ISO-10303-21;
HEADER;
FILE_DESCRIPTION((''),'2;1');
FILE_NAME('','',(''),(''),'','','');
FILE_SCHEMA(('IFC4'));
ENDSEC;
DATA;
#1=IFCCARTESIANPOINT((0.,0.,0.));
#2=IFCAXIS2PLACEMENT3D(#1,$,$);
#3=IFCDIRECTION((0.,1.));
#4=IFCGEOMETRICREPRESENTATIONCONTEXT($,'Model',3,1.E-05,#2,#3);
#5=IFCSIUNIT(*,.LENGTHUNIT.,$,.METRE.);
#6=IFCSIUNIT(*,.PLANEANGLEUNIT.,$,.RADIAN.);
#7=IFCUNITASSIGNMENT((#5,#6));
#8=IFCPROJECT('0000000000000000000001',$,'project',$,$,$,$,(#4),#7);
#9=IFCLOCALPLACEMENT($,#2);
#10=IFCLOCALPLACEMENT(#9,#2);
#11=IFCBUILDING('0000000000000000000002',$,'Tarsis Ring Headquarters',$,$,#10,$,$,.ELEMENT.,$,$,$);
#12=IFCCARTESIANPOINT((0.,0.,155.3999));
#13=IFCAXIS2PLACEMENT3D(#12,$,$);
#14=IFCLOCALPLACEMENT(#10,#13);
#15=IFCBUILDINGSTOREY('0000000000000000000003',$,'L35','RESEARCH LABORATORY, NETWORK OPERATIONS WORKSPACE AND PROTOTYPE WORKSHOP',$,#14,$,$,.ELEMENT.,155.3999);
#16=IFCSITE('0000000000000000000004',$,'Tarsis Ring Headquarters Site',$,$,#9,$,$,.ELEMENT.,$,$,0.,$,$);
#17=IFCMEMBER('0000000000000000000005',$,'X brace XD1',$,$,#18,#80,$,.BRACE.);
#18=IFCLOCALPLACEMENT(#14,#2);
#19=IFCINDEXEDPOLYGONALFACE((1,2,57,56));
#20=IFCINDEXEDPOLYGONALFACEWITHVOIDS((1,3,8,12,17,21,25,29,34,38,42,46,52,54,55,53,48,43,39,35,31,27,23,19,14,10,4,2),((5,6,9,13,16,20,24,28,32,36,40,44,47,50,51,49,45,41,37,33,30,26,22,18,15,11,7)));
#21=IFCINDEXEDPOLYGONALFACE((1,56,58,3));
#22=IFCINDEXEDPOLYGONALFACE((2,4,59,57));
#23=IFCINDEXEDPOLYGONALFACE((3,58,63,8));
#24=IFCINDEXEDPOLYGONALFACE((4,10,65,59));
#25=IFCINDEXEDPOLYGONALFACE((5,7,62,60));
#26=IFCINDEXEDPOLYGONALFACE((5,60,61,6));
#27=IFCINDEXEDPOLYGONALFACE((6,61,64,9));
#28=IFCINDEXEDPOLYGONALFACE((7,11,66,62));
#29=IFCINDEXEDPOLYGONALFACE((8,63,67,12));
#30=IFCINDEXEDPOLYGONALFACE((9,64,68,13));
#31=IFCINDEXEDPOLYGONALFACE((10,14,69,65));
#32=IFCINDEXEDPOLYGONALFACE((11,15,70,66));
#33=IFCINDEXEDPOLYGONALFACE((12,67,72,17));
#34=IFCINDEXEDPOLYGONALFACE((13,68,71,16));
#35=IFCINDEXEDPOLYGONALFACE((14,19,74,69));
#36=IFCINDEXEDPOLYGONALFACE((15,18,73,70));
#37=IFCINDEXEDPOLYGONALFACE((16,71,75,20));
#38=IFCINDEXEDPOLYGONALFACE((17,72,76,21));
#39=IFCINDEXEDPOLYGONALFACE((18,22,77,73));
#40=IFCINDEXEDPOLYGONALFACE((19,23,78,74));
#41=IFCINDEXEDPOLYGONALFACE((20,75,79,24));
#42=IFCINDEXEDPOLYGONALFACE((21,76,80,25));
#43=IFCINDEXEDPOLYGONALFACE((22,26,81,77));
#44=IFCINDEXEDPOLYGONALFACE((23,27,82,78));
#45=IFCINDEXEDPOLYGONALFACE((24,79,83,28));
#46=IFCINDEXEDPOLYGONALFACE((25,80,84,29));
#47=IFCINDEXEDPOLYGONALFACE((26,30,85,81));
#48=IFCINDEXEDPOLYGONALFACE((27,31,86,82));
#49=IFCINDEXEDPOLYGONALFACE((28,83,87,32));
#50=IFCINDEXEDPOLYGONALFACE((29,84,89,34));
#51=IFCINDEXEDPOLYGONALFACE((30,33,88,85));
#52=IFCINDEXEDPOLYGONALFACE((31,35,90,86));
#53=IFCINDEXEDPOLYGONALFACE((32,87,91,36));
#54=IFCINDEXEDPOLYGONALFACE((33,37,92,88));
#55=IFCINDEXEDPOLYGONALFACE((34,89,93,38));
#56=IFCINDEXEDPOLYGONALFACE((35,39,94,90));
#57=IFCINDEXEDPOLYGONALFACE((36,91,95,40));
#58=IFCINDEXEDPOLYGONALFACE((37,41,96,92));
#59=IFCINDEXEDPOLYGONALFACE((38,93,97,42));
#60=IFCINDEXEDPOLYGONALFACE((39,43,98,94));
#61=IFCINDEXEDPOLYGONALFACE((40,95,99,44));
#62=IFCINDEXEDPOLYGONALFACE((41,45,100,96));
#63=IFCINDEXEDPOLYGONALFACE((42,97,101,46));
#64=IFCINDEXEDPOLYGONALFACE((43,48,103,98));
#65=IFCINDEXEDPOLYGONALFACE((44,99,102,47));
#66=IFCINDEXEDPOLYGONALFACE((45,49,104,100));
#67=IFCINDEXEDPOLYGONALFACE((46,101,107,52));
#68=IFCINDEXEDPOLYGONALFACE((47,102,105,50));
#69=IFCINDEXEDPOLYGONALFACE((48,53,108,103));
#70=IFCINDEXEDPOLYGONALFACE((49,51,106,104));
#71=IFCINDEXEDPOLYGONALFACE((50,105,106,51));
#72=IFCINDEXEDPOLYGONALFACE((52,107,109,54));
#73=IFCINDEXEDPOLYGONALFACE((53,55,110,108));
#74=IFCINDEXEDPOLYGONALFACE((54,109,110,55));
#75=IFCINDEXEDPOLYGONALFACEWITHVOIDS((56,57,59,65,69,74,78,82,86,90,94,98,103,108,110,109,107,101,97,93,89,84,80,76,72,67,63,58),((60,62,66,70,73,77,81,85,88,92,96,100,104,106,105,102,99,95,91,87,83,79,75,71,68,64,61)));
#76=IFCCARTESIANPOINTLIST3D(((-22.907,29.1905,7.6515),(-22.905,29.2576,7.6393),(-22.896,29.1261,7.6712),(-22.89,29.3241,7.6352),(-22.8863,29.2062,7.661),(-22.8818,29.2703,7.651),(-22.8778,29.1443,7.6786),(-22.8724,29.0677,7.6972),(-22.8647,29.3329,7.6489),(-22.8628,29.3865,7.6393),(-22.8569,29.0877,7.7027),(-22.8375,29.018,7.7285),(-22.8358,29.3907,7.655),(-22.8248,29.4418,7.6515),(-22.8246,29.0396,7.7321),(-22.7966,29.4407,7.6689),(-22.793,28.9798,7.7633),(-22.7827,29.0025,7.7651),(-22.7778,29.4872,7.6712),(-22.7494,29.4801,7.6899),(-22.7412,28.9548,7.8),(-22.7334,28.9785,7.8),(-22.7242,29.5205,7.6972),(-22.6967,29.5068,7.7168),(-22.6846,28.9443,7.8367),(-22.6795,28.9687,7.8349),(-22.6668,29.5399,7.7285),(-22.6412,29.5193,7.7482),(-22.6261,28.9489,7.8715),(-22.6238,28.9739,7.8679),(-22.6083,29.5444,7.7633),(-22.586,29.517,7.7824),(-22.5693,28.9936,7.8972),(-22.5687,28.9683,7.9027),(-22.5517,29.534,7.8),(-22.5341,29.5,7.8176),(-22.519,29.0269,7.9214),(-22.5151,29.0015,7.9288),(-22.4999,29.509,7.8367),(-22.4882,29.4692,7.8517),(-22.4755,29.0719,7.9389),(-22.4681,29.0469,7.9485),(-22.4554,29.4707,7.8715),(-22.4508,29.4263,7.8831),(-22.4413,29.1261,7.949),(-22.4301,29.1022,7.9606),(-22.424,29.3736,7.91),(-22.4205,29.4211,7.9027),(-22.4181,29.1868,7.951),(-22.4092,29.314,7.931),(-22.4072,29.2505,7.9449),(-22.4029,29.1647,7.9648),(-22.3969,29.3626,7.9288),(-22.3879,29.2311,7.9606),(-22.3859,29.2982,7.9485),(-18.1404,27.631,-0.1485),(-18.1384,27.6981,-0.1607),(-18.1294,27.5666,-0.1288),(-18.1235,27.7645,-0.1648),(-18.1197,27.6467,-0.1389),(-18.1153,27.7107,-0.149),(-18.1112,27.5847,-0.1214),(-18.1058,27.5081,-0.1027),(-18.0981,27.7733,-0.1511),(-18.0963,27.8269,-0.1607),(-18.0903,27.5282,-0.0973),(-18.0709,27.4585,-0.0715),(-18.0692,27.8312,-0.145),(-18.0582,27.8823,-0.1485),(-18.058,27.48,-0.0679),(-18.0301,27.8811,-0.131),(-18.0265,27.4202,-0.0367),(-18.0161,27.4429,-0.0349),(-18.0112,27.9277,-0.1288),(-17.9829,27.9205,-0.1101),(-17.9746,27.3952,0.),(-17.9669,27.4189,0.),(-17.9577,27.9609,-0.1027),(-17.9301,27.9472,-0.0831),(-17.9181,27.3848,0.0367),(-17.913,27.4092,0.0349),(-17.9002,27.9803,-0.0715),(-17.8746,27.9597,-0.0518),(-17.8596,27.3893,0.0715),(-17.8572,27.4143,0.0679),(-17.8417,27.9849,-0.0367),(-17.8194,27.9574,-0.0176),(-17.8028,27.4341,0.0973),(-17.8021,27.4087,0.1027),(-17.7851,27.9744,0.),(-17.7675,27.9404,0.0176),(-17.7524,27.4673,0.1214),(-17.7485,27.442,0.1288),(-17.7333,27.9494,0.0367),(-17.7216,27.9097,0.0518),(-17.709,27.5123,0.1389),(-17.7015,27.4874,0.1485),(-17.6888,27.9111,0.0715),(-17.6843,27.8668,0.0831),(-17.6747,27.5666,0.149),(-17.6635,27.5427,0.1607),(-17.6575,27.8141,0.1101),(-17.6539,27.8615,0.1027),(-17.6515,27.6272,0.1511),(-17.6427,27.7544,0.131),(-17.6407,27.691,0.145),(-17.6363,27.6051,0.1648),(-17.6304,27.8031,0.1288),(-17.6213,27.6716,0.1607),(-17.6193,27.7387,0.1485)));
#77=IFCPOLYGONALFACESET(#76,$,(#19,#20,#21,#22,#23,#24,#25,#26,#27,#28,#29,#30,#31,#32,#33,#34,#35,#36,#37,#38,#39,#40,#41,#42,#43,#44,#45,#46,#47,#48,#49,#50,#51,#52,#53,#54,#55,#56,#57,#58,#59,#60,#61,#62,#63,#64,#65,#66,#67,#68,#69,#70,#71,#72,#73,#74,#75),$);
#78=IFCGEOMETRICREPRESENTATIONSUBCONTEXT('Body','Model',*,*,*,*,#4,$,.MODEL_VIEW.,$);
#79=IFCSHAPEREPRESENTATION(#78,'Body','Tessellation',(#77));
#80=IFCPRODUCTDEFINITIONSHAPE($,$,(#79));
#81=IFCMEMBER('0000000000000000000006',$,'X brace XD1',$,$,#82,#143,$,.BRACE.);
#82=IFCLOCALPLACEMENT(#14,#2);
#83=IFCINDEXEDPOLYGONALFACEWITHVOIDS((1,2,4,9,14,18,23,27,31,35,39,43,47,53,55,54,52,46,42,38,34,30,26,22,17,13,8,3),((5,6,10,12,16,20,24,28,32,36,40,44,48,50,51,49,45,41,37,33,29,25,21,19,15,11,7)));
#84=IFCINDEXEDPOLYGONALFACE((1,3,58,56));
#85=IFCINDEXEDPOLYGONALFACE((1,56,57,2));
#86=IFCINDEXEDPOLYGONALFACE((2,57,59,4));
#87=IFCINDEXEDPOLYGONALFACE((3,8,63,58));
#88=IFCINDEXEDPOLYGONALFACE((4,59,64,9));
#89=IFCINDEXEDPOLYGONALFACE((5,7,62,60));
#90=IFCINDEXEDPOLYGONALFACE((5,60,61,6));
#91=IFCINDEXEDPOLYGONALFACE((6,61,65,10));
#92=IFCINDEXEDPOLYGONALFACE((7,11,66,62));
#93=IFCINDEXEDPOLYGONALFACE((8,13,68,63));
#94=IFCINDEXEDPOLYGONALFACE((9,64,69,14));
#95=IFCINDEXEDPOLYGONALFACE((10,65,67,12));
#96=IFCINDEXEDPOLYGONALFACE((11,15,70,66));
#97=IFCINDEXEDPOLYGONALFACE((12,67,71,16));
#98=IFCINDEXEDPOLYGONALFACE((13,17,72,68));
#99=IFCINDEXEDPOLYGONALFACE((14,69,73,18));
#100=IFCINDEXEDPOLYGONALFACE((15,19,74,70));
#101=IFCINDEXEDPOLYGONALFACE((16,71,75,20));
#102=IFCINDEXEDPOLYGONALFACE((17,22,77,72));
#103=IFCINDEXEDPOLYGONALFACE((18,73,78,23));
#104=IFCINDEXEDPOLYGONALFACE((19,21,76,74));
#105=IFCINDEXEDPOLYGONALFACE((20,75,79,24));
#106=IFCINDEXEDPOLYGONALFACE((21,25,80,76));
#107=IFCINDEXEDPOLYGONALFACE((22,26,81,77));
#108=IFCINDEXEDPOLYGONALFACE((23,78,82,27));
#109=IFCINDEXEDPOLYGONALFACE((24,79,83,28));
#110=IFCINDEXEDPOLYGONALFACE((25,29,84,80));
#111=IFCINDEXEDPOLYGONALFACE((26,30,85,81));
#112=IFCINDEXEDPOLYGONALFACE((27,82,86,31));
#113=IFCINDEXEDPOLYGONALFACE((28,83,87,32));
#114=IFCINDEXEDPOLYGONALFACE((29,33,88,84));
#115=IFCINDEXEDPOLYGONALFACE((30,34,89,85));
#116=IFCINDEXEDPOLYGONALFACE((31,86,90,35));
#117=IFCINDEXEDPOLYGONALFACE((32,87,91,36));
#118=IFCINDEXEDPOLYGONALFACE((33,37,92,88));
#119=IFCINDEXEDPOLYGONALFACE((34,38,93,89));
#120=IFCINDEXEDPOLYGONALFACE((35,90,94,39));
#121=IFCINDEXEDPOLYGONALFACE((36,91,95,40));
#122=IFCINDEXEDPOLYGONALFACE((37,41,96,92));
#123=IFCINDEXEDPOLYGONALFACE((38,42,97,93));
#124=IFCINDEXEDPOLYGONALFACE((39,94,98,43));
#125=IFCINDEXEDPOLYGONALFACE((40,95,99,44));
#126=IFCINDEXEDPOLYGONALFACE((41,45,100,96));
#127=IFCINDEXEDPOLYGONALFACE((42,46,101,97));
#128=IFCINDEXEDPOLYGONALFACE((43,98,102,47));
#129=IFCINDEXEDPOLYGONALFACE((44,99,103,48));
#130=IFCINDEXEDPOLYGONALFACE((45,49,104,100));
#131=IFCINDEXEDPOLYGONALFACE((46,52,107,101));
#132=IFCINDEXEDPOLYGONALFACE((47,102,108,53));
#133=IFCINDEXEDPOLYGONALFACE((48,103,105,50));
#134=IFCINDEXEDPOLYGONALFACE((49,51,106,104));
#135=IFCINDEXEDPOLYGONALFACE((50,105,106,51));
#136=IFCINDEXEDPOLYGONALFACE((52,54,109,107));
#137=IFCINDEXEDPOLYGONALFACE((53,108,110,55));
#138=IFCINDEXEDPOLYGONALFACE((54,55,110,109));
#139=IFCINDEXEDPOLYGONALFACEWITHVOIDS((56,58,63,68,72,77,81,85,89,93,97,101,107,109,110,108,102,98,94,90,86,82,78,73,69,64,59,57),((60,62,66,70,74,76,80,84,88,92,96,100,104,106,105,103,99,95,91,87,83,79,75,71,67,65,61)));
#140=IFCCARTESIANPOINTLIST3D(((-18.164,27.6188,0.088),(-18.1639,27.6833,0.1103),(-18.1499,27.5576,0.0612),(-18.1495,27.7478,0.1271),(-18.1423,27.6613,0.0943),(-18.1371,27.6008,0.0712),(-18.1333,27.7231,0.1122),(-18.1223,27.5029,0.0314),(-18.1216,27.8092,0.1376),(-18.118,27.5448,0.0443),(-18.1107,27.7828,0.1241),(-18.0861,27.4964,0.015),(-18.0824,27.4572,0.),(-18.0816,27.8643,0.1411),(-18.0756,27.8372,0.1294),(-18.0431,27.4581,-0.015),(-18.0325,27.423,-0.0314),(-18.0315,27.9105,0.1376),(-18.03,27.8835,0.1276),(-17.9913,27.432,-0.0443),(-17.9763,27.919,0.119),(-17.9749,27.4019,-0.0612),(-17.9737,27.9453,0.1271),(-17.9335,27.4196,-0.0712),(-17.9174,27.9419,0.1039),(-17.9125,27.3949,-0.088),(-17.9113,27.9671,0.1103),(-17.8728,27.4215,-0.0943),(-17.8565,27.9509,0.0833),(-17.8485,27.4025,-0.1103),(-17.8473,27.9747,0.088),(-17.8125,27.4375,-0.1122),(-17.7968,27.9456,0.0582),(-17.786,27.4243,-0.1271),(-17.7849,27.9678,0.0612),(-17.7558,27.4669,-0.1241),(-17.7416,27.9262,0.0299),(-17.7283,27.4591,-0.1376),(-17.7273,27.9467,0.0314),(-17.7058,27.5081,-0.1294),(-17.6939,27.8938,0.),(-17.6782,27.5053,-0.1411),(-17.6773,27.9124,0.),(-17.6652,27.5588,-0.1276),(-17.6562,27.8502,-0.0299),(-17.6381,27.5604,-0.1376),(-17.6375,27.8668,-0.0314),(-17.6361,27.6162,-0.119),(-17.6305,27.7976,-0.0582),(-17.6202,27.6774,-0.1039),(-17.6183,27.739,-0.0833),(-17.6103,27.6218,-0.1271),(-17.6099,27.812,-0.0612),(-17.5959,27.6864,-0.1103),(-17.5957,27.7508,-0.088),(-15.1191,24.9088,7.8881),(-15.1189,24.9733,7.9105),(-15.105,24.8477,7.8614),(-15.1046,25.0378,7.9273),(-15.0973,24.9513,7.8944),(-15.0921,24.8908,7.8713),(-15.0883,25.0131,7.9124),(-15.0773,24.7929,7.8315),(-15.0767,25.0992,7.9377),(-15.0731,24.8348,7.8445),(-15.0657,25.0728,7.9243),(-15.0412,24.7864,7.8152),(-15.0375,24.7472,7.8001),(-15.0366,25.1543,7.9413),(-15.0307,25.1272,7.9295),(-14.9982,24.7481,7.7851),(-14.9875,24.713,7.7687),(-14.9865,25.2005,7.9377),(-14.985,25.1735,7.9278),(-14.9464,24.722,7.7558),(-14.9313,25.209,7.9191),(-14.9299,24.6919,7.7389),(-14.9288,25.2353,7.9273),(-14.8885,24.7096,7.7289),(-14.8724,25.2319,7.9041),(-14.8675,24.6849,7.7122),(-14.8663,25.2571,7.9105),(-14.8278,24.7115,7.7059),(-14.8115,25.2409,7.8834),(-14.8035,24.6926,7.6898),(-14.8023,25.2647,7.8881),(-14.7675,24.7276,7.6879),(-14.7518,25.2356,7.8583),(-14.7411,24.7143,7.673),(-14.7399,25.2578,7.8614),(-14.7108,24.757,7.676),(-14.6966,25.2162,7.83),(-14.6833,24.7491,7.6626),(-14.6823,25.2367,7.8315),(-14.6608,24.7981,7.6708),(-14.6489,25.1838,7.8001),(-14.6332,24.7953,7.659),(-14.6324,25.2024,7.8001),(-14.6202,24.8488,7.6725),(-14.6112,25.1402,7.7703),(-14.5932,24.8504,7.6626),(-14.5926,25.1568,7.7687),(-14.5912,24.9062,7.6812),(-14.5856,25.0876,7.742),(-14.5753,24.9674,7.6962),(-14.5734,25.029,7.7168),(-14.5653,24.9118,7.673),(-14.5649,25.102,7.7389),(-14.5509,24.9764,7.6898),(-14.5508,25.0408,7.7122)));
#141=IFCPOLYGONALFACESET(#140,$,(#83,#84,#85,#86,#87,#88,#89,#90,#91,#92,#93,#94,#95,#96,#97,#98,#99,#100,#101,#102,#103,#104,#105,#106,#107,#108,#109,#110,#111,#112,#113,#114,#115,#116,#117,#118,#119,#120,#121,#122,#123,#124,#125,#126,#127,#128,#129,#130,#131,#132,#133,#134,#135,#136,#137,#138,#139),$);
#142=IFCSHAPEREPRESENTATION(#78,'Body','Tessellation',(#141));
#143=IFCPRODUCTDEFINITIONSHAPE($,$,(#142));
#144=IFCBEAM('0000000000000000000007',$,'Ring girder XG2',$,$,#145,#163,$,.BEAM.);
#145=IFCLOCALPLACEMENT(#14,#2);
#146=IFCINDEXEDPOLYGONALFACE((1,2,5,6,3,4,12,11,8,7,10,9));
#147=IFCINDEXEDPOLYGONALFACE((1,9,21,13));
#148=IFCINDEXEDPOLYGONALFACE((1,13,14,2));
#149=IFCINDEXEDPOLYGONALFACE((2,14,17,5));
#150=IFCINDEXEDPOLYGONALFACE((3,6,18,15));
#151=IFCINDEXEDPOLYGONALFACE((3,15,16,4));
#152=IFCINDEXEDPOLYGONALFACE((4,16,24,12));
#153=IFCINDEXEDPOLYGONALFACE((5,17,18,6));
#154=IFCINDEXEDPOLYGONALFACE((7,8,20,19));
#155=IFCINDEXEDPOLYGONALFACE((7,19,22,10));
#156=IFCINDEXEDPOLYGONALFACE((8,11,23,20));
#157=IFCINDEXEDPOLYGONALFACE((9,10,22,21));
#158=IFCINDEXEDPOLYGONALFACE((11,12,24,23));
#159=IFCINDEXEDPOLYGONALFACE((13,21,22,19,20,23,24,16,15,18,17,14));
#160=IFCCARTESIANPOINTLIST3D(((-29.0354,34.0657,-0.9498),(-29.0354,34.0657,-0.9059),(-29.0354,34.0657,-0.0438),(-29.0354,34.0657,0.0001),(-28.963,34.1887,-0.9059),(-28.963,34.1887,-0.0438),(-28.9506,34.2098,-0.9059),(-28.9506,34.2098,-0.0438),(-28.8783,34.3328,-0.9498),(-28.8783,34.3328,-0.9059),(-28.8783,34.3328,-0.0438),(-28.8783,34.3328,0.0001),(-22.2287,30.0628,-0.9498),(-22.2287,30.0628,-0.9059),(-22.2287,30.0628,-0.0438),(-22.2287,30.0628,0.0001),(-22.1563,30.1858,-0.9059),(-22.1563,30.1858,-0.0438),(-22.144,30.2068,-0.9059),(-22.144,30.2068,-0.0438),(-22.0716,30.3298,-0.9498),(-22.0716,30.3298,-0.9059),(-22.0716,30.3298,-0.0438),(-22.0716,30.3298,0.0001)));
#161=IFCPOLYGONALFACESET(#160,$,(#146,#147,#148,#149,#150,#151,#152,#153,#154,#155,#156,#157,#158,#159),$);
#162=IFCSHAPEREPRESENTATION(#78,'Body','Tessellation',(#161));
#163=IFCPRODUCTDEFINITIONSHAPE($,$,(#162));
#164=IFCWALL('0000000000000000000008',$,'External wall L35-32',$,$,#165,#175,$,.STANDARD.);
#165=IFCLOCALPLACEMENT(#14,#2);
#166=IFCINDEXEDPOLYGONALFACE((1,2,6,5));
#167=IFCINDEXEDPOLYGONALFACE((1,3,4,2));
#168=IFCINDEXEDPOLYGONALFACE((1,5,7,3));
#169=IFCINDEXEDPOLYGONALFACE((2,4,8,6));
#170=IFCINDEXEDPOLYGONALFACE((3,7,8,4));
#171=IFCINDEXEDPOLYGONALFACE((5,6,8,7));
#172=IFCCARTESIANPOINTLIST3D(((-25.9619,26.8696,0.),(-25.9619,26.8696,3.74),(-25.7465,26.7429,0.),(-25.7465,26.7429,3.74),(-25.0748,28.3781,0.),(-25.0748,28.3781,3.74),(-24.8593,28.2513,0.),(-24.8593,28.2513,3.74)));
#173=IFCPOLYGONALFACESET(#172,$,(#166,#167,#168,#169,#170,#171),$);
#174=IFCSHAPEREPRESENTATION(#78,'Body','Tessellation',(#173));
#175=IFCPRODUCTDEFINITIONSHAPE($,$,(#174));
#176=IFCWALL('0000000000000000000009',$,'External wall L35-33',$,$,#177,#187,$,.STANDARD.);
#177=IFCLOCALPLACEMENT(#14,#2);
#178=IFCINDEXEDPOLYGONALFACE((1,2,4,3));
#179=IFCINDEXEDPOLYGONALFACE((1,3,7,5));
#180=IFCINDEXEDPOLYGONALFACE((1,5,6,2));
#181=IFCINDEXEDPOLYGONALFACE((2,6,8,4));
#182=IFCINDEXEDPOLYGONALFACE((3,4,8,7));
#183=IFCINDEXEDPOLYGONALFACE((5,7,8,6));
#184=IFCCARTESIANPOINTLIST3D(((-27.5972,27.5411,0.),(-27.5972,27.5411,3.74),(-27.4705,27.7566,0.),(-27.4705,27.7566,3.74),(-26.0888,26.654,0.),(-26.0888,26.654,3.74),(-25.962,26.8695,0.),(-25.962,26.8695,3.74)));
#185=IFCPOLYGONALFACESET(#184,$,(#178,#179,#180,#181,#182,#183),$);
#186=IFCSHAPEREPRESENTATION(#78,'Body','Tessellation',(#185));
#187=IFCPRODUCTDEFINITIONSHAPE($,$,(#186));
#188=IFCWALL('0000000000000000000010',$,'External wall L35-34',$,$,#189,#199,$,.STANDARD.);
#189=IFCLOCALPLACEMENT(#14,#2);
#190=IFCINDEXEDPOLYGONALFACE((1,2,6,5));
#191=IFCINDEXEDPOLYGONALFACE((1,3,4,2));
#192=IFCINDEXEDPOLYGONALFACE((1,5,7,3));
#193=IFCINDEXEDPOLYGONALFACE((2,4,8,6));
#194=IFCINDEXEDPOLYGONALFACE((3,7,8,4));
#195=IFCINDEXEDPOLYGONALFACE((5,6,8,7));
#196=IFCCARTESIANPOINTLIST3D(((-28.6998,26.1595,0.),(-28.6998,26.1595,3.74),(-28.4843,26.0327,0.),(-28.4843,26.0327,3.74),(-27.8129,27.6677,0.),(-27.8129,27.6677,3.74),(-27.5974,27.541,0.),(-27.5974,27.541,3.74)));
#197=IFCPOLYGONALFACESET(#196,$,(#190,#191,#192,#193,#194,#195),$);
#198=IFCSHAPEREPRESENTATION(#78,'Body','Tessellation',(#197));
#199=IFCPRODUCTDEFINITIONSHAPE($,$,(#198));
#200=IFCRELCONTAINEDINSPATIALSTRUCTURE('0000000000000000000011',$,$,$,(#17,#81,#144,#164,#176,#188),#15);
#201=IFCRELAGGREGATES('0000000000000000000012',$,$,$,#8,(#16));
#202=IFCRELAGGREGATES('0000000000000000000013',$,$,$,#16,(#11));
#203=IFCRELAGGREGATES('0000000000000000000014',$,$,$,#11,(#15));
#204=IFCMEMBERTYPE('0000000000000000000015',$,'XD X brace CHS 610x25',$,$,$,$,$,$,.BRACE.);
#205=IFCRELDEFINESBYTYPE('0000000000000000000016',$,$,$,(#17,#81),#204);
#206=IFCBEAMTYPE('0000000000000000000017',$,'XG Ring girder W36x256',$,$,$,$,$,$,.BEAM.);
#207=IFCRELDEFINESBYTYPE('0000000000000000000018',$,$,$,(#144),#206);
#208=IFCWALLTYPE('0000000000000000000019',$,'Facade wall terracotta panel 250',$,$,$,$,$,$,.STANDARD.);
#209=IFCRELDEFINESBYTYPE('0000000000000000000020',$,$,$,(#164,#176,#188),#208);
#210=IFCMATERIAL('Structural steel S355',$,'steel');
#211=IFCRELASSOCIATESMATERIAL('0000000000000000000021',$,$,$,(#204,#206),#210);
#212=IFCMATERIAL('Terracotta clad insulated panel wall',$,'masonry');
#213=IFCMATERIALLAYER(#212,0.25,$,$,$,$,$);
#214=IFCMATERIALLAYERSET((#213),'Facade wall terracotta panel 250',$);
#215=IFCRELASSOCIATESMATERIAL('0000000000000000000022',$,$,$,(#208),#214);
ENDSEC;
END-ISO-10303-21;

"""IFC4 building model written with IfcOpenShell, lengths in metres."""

from ifc_helpers import new_model, si_unit, direction, frame, frame_2d, origin, origin_2d, place, context, subcontext, project, spatial, rectangle, hollow_circle, i_section, extrude, material, layer, layer_set, material_profile, profile_set, type_object, element, save


model = new_model("IFC4")

# Units and contexts
model_context = context("Model", 3, precision=1e-05, world=origin(), true_north=direction((0.0, 1.0)))
body_context = subcontext(model_context, "Body", "Model", "MODEL_VIEW")
ifc_project = project(units=[si_unit("LENGTHUNIT", "METRE"), si_unit("PLANEANGLEUNIT", "RADIAN")], contexts=[model_context])

# Site, building, storey
site_placement = place(None, origin())
site = spatial("IfcSite", under=ifc_project, at=site_placement, Name="Tarsis Ring Headquarters Site", CompositionType="ELEMENT", RefElevation=0.0)
building_placement = place(site_placement, origin())
building = spatial("IfcBuilding", under=site, at=building_placement, Name="Tarsis Ring Headquarters", CompositionType="ELEMENT")
storey_placement = place(building_placement, frame((0.0, 0.0, 155.3999)))
storey = spatial("IfcBuildingStorey", under=building, at=storey_placement, Name="L35", Description="RESEARCH LABORATORY, NETWORK OPERATIONS WORKSPACE AND PROTOTYPE WORKSHOP", CompositionType="ELEMENT", Elevation=155.3999)

# Shared definitions
ifc_material_1 = material(Name="Structural steel S355", Category="steel")

# Shared definitions
ifc_material_profile_1 = material_profile(ifc_material_1, i_section(OverallWidth=0.3098, OverallDepth=0.95, WebThickness=0.0244, FlangeThickness=0.0439, at=origin_2d()), Name="W36x256")
ifc_profile_set_1 = profile_set([ifc_material_profile_1], Name="Structural steel S355")

# Members
ifc_material_profile_2 = material_profile(ifc_material_1, hollow_circle(Radius=0.3047, WallThickness=0.0249, at=origin_2d()), Name="CHS 610x25")
ifc_profile_set_2 = profile_set([ifc_material_profile_2], Name="Structural steel S355")
member_type = type_object("IfcMemberType", Name="XD X brace CHS 610x25", PredefinedType="BRACE", material=ifc_profile_set_2)
member_1_placement = place(storey_placement, frame((-17.8799, 27.6848, 0.0), z_axis=(-0.514015, 0.168179, 0.841133), x_axis=(-0.310966, -0.950421, 0.0)))
element("IfcMember", 1, at=member_1_placement, inside=storey, type_object=member_type, Name="X brace XD1", PredefinedType="BRACE", context=body_context, shape_type="SweptSolid", body=[
    extrude(hollow_circle(Radius=0.3047, WallThickness=0.0249, at=origin_2d()), origin(), (0.0, 0.0, 1.0), 9.2732),
])
member_2_placement = place(storey_placement, frame((-17.8799, 27.6848, 0.0), z_axis=(0.345978, -0.307918, 0.886276), x_axis=(0.664825, 0.746999, 0.0)))
element("IfcMember", 2, at=member_2_placement, inside=storey, type_object=member_type, Name="X brace XD1", PredefinedType="BRACE", context=body_context, shape_type="SweptSolid", body=[
    extrude(hollow_circle(Radius=0.3047, WallThickness=0.0249, at=origin_2d()), origin(), (0.0, 0.0, 1.0), 8.801),
])

# Beam
beam_type_1 = type_object("IfcBeamType", Name="XG Ring girder W36x256", PredefinedType="BEAM", material=ifc_profile_set_1)
beam_placement = place(storey_placement, frame((-22.1501, 30.1963, -0.4749), z_axis=(-0.861988, 0.506928, 0.0), x_axis=(-0.506928, -0.861988, 0.0)))
element("IfcBeam", 3, at=beam_placement, inside=storey, type_object=beam_type_1, Name="Ring girder XG2", PredefinedType="BEAM", context=body_context, shape_type="SweptSolid", body=[
    extrude(i_section(OverallWidth=0.3098, OverallDepth=0.95, WebThickness=0.0244, FlangeThickness=0.0439, at=origin_2d()), origin(), (0.0, 0.0, 1.0), 7.8965),
])

# Walls
ifc_material_2 = material(Name="Terracotta clad insulated panel wall", Category="masonry")
ifc_layer = layer(ifc_material_2, 0.25)
ifc_layer_set = layer_set([ifc_layer], Name="Facade wall terracotta panel 250")
wall_type = type_object("IfcWallType", Name="Facade wall terracotta panel 250", PredefinedType="STANDARD", material=ifc_layer_set)
for number, where, z_axis, x_axis, name in (
    (4, (-24.967, 28.3147, 0.0), (0.0, 0.0, 1.0), (-0.506947, -0.861977, 0.0), "External wall L35-32"),
    (5, (-26.0254, 26.7617, 0.0), (0.0, 0.0, 1.0), (-0.861977, 0.506947, 0.0), "External wall L35-33"),
):
    element("IfcWall", number, at=place(storey_placement, frame(where, z_axis=z_axis, x_axis=x_axis)), inside=storey, type_object=wall_type, Name=name, PredefinedType="STANDARD", context=body_context, shape_type="SweptSolid", body=[
        extrude(rectangle(XDim=1.75, YDim=0.25, at=frame_2d((0.875, 0.0))), origin(), (0.0, 0.0, 1.0), 3.74),
    ])
wall_1_placement = place(storey_placement, frame((-27.7051, 27.6045, 0.0), z_axis=(0.0, 0.0, 1.0), x_axis=(-0.506904, -0.862002, 0.0)))
element("IfcWall", 6, at=wall_1_placement, inside=storey, type_object=wall_type, Name="External wall L35-34", PredefinedType="STANDARD", context=body_context, shape_type="SweptSolid", body=[
    extrude(rectangle(XDim=1.7498, YDim=0.25, at=frame_2d((0.875, 0.0))), origin(), (0.0, 0.0, 1.0), 3.74),
])

save(model, "model.ifc")
